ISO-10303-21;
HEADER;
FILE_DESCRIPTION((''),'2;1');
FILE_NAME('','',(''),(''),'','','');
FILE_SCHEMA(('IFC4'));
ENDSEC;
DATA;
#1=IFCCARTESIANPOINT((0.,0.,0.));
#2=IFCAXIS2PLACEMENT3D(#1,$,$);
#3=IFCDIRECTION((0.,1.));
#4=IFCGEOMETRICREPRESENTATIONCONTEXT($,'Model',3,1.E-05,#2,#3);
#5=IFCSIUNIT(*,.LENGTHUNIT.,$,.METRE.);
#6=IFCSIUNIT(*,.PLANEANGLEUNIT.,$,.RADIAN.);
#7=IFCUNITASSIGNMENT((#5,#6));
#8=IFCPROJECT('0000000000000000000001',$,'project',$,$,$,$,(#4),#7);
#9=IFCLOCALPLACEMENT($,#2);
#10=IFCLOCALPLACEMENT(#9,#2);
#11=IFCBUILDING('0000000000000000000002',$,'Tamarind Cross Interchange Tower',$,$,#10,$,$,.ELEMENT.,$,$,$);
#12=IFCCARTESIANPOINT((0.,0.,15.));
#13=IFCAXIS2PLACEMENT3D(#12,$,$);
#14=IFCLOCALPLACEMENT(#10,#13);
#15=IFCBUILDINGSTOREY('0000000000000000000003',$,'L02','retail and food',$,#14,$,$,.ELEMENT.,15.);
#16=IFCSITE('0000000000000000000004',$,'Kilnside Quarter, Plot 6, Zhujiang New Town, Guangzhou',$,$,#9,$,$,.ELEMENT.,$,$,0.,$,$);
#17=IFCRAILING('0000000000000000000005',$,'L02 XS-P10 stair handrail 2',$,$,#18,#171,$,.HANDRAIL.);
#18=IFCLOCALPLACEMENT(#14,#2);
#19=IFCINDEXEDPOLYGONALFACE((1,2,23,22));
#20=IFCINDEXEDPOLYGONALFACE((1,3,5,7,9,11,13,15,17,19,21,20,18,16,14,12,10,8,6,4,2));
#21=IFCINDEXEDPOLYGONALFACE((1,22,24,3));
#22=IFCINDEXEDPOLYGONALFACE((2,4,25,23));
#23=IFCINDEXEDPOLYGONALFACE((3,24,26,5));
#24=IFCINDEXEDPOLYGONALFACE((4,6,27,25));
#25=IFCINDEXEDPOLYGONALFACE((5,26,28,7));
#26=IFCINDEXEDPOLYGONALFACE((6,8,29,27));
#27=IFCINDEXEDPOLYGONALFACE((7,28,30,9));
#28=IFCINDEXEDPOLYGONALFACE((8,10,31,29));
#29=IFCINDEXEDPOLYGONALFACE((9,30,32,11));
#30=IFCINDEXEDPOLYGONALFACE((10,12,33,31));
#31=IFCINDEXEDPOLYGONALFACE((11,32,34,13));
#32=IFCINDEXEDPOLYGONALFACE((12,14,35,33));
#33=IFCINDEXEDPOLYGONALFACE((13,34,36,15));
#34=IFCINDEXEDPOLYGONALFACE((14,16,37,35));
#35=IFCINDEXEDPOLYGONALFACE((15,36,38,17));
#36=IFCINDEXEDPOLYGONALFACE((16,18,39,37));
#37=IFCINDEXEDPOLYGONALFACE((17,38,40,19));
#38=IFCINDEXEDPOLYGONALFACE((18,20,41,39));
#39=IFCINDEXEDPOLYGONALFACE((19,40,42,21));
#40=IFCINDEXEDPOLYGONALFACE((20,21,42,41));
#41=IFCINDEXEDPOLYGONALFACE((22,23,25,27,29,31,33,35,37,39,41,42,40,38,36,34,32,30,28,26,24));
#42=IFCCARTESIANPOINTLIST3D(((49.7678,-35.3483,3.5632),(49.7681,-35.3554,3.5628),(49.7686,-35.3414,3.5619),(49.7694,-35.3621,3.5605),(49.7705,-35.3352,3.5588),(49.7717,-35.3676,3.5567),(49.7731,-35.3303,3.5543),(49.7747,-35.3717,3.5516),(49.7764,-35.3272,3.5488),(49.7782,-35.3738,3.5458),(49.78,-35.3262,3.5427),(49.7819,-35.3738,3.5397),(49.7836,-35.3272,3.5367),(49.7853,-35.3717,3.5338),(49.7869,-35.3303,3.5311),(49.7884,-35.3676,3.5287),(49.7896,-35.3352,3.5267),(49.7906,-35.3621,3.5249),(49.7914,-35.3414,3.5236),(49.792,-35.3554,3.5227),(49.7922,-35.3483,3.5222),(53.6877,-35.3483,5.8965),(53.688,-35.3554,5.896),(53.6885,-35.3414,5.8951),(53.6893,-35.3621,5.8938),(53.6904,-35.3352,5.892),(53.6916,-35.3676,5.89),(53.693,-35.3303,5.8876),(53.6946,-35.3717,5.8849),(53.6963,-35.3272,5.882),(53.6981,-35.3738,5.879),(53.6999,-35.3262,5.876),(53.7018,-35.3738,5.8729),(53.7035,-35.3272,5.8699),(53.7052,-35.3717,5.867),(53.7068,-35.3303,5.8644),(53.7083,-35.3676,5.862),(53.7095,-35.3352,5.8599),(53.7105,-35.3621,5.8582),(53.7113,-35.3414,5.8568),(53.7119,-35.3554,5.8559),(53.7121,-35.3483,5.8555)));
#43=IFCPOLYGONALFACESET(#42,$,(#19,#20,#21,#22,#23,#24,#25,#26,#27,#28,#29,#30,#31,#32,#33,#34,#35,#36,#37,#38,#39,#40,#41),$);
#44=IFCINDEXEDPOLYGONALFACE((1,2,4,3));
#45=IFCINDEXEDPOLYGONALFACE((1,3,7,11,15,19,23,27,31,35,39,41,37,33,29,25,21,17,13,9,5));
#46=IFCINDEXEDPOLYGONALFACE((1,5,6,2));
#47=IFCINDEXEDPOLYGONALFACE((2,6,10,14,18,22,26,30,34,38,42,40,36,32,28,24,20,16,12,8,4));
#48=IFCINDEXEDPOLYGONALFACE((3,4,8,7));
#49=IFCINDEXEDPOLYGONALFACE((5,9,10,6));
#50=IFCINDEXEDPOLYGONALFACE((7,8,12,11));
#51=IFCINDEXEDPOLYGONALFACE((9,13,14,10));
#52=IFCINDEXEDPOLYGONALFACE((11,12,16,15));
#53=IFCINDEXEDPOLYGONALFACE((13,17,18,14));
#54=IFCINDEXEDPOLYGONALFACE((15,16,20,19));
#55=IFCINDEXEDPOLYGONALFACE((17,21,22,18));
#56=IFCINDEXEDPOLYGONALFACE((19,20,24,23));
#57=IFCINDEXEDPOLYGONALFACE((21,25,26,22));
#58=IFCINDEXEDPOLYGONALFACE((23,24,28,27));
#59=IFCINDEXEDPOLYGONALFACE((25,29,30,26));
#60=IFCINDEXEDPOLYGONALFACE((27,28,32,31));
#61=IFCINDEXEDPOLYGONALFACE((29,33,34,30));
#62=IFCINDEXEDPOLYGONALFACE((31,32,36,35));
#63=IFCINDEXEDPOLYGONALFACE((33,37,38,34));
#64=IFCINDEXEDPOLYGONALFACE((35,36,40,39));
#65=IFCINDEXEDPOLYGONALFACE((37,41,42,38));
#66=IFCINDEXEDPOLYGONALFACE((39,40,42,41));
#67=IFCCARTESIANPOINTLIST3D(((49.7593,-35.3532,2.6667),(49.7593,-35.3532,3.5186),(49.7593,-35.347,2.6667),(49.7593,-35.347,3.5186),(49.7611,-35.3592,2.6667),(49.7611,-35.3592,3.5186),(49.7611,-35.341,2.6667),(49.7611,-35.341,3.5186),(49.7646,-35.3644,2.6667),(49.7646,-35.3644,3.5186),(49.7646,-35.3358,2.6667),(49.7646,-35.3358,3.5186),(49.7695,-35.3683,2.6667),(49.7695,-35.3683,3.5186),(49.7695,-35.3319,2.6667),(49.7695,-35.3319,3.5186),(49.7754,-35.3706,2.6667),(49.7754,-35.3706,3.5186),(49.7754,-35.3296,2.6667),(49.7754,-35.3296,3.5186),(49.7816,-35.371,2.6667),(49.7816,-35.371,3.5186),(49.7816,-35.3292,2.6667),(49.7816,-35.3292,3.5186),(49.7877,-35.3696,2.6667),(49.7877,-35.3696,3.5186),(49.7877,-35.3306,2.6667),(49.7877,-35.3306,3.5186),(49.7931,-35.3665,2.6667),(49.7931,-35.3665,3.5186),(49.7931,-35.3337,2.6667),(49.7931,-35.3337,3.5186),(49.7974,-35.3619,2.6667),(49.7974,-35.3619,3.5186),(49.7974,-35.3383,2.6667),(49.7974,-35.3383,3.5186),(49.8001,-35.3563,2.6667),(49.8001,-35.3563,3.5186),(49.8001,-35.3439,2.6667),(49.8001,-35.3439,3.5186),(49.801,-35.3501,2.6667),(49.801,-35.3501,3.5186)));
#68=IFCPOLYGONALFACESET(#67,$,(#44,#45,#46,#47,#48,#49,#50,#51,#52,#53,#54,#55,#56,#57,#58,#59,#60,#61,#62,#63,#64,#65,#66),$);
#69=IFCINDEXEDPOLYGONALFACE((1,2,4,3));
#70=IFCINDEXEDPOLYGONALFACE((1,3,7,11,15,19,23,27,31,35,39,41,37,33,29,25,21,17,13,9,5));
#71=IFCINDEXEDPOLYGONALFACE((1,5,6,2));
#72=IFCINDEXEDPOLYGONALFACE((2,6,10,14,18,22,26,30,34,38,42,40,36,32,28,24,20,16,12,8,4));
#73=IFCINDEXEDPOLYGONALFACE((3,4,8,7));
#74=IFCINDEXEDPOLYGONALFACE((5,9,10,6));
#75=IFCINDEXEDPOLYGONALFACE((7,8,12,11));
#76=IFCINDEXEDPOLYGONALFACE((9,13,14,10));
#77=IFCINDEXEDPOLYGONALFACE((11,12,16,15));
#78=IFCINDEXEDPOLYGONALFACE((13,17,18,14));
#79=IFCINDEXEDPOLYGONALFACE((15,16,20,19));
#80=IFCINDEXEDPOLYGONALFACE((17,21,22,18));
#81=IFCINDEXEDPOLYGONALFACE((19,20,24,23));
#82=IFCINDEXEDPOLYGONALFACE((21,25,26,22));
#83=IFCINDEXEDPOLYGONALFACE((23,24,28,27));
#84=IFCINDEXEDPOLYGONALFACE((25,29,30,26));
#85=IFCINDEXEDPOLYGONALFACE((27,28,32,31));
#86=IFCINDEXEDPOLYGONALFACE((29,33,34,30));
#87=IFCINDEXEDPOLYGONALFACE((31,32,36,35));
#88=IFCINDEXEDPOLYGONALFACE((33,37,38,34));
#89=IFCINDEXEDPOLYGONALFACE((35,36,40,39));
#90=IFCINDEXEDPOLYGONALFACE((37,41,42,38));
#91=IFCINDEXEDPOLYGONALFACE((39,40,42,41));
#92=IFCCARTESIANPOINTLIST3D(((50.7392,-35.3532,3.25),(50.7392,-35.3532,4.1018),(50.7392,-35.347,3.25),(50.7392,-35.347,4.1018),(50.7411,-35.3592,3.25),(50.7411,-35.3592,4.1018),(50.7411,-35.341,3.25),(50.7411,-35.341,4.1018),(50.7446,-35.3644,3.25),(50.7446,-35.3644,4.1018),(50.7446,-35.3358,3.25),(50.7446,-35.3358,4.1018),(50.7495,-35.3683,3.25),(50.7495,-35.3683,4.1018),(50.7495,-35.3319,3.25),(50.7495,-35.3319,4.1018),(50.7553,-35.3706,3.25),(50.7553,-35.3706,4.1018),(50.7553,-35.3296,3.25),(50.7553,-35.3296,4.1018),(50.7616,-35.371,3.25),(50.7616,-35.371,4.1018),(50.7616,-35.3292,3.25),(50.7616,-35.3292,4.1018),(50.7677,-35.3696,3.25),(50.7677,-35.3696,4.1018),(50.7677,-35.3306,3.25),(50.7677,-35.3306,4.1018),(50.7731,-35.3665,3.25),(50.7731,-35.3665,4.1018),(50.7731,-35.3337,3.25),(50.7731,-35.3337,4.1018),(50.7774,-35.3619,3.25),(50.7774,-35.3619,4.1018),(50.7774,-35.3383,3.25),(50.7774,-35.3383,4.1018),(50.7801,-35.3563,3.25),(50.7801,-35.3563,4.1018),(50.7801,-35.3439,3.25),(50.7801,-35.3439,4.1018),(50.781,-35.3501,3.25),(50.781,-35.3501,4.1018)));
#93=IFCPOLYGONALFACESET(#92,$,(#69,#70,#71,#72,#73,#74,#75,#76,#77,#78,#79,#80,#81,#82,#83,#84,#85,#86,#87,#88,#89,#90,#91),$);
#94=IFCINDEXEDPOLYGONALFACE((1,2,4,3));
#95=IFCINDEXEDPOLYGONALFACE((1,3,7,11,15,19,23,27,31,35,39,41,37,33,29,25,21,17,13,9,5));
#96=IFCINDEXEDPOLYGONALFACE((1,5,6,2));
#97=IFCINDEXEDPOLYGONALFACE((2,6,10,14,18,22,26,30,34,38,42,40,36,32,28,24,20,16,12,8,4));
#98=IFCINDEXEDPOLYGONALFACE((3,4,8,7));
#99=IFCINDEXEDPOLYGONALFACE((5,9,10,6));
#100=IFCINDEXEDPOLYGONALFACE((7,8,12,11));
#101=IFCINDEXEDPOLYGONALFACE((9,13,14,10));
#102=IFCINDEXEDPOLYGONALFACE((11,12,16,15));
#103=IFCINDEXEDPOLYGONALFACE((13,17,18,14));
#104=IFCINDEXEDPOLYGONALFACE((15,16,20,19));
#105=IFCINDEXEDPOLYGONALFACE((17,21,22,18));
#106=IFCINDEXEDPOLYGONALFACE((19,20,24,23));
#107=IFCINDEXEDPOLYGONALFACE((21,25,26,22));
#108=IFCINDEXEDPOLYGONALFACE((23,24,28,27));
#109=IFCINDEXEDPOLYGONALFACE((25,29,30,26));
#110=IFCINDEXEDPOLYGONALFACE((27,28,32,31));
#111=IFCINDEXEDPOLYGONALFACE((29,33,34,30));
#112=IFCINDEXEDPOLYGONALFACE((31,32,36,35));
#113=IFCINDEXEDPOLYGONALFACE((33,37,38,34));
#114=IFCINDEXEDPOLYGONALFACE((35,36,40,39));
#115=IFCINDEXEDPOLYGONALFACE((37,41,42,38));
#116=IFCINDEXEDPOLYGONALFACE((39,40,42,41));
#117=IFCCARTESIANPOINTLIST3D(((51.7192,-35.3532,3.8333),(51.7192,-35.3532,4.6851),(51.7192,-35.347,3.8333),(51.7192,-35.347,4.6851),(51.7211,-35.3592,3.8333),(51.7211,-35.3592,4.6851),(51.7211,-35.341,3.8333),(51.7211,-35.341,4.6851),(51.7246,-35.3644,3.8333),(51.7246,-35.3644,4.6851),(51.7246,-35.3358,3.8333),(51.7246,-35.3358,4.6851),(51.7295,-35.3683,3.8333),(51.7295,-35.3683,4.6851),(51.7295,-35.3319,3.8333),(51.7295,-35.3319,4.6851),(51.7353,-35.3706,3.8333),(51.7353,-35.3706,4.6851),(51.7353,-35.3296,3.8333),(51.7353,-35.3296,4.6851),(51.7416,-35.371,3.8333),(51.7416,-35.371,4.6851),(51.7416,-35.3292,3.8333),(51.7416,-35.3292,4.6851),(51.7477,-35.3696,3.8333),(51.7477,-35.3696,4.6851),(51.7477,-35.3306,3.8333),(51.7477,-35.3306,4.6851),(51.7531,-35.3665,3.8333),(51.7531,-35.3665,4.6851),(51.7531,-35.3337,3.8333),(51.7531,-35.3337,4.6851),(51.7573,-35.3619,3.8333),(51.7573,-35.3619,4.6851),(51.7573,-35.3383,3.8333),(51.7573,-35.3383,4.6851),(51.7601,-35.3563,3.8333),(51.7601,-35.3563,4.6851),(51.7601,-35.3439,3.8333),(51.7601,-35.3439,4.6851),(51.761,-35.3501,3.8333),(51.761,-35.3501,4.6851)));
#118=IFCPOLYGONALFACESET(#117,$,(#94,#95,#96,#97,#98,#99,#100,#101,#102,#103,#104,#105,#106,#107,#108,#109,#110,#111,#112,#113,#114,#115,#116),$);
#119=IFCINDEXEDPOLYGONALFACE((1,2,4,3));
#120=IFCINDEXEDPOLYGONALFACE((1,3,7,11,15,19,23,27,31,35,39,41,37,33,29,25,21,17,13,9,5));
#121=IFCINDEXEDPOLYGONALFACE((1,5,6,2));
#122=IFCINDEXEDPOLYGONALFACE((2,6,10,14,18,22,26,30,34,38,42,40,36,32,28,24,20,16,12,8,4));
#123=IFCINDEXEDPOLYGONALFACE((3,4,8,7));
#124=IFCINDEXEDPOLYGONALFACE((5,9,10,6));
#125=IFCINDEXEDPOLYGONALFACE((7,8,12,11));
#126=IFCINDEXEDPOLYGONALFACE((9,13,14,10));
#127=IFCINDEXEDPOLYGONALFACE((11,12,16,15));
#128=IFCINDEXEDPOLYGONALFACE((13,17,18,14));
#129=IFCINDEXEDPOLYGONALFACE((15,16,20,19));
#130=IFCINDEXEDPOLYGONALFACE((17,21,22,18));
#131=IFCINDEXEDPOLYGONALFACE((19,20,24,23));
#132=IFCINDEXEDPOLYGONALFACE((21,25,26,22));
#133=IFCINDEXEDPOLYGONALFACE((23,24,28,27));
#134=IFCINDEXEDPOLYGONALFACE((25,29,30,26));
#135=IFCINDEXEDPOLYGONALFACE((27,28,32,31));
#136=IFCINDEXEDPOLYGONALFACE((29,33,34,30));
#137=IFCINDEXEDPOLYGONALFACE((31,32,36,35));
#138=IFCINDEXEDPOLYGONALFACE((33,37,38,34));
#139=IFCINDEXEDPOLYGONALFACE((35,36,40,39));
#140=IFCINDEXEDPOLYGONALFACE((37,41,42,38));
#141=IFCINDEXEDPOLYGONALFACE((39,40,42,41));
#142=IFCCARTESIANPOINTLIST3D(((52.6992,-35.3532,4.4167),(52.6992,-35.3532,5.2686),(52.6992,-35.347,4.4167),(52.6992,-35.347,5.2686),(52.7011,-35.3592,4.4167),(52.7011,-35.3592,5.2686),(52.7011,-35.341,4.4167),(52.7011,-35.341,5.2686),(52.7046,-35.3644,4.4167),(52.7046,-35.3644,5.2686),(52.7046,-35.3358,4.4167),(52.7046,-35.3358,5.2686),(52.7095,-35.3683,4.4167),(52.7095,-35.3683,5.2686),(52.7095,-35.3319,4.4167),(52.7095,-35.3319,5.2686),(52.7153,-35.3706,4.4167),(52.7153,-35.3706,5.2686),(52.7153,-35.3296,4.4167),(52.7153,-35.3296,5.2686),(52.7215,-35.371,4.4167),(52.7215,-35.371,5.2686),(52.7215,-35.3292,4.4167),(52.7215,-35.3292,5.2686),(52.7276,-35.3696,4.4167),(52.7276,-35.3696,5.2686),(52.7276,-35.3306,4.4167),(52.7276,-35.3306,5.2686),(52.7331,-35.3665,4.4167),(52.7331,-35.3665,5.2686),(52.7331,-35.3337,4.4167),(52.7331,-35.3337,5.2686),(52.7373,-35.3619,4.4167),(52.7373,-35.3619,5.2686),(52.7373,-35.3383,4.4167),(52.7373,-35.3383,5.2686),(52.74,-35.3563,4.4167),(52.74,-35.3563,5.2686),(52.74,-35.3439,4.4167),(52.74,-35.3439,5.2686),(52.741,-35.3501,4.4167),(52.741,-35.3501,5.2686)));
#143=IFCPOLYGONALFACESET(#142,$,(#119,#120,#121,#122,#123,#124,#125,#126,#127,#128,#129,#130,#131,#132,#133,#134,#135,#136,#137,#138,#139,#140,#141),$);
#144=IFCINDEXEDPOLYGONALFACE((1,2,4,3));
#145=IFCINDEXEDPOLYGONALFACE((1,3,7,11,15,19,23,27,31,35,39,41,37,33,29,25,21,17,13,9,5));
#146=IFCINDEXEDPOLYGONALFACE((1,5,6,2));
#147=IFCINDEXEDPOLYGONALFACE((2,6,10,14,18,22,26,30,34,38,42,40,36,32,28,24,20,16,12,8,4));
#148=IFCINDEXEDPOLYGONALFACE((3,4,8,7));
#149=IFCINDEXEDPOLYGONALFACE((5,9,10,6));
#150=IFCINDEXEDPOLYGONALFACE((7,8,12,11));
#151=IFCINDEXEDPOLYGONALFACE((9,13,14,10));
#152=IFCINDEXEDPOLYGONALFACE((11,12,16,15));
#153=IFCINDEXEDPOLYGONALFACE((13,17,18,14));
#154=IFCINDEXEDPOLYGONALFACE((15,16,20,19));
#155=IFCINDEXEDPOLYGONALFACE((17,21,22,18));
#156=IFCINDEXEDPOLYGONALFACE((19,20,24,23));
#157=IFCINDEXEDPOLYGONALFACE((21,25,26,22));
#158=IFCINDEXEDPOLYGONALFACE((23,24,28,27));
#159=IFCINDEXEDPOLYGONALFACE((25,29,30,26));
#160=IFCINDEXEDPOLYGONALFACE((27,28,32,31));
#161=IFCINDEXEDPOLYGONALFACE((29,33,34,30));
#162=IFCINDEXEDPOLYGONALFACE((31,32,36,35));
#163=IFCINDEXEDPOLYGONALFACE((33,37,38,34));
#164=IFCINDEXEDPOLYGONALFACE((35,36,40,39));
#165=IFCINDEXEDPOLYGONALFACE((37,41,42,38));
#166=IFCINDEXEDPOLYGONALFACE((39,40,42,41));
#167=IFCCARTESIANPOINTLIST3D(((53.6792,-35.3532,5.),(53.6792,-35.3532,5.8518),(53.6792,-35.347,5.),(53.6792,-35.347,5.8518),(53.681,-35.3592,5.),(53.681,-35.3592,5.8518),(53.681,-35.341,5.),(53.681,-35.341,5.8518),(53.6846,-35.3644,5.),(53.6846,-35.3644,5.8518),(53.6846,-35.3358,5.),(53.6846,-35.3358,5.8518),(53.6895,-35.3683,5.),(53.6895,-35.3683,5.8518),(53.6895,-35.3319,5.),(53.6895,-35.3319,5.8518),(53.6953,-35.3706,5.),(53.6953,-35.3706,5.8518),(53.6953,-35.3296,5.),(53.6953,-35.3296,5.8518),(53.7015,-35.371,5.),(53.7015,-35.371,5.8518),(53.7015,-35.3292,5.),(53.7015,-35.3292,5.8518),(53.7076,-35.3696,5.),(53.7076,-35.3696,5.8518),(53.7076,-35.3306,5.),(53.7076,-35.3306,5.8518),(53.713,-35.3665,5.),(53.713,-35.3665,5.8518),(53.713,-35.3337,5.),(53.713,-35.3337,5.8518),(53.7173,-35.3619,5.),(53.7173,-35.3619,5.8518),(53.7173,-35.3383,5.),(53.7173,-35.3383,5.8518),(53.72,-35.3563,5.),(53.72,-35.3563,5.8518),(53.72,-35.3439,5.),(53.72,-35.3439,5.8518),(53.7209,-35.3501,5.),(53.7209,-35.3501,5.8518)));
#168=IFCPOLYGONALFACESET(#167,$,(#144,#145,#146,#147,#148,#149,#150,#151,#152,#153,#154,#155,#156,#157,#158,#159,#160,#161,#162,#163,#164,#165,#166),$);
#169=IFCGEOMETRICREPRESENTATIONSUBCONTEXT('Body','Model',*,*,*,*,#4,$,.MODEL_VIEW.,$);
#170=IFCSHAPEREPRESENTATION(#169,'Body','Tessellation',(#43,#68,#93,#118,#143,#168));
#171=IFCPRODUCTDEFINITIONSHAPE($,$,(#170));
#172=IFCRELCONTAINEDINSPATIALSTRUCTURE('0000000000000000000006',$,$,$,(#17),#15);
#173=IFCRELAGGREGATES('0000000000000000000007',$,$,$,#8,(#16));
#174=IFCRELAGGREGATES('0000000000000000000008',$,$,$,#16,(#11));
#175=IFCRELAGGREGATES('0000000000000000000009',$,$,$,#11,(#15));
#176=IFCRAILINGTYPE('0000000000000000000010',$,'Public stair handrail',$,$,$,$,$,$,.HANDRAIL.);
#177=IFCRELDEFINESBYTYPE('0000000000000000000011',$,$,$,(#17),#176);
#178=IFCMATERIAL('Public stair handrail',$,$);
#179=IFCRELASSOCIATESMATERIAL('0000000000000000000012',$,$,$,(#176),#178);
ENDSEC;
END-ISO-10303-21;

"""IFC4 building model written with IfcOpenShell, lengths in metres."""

from ifc_helpers import new_model, si_unit, direction, frame, origin, origin_2d, place, context, subcontext, project, spatial, circle, extrude, material, type_object, element, save


model = new_model("IFC4")

# Units and contexts
model_context = context("Model", 3, precision=1e-05, world=origin(), true_north=direction((0.0, 1.0)))
body_context = subcontext(model_context, "Body", "Model", "MODEL_VIEW")
ifc_project = project(units=[si_unit("LENGTHUNIT", "METRE"), si_unit("PLANEANGLEUNIT", "RADIAN")], contexts=[model_context])

# Site, building, storey
site_placement = place(None, origin())
site = spatial("IfcSite", under=ifc_project, at=site_placement, Name="Kilnside Quarter, Plot 6, Zhujiang New Town, Guangzhou", CompositionType="ELEMENT", RefElevation=0.0)
building_placement = place(site_placement, origin())
building = spatial("IfcBuilding", under=site, at=building_placement, Name="Tamarind Cross Interchange Tower", CompositionType="ELEMENT")
storey_placement = place(building_placement, frame((0.0, 0.0, 15.0)))
storey = spatial("IfcBuildingStorey", under=building, at=storey_placement, Name="L02", Description="retail and food", CompositionType="ELEMENT", Elevation=15.0)

# Railing
ifc_material_1 = material(Name="Public stair handrail")
railing_type_1 = type_object("IfcRailingType", Name="Public stair handrail", PredefinedType="HANDRAIL", material=ifc_material_1)
railing_1_placement = place(storey_placement, frame((49.78, -35.3501, 2.6667)))
element("IfcRailing", 1, at=railing_1_placement, inside=storey, type_object=railing_type_1, Name="L02 XS-P10 stair handrail 2", PredefinedType="HANDRAIL", context=body_context, shape_type="SweptSolid", body=[
    extrude(circle(Radius=0.0239, at=origin_2d()), frame((0.0, 0.0, 0.876), z_axis=(0.859296, 0.0, 0.511478), x_axis=(0.0, 1.0, 0.0)), (0.0, 0.0, 1.0), 4.5618),
    extrude(circle(Radius=0.021, at=origin_2d()), origin(), (0.0, 0.0, 1.0), 0.8518),
    extrude(circle(Radius=0.021, at=origin_2d()), frame((0.98, 0.0, 0.5833)), (0.0, 0.0, 1.0), 0.8518),
    extrude(circle(Radius=0.021, at=origin_2d()), frame((1.96, 0.0, 1.1665)), (0.0, 0.0, 1.0), 0.8518),
    extrude(circle(Radius=0.021, at=origin_2d()), frame((2.9399, 0.0, 1.75)), (0.0, 0.0, 1.0), 0.8518),
    extrude(circle(Radius=0.021, at=origin_2d()), frame((3.9199, 0.0, 2.3333)), (0.0, 0.0, 1.0), 0.8518),
])

save(model, "model.ifc")
